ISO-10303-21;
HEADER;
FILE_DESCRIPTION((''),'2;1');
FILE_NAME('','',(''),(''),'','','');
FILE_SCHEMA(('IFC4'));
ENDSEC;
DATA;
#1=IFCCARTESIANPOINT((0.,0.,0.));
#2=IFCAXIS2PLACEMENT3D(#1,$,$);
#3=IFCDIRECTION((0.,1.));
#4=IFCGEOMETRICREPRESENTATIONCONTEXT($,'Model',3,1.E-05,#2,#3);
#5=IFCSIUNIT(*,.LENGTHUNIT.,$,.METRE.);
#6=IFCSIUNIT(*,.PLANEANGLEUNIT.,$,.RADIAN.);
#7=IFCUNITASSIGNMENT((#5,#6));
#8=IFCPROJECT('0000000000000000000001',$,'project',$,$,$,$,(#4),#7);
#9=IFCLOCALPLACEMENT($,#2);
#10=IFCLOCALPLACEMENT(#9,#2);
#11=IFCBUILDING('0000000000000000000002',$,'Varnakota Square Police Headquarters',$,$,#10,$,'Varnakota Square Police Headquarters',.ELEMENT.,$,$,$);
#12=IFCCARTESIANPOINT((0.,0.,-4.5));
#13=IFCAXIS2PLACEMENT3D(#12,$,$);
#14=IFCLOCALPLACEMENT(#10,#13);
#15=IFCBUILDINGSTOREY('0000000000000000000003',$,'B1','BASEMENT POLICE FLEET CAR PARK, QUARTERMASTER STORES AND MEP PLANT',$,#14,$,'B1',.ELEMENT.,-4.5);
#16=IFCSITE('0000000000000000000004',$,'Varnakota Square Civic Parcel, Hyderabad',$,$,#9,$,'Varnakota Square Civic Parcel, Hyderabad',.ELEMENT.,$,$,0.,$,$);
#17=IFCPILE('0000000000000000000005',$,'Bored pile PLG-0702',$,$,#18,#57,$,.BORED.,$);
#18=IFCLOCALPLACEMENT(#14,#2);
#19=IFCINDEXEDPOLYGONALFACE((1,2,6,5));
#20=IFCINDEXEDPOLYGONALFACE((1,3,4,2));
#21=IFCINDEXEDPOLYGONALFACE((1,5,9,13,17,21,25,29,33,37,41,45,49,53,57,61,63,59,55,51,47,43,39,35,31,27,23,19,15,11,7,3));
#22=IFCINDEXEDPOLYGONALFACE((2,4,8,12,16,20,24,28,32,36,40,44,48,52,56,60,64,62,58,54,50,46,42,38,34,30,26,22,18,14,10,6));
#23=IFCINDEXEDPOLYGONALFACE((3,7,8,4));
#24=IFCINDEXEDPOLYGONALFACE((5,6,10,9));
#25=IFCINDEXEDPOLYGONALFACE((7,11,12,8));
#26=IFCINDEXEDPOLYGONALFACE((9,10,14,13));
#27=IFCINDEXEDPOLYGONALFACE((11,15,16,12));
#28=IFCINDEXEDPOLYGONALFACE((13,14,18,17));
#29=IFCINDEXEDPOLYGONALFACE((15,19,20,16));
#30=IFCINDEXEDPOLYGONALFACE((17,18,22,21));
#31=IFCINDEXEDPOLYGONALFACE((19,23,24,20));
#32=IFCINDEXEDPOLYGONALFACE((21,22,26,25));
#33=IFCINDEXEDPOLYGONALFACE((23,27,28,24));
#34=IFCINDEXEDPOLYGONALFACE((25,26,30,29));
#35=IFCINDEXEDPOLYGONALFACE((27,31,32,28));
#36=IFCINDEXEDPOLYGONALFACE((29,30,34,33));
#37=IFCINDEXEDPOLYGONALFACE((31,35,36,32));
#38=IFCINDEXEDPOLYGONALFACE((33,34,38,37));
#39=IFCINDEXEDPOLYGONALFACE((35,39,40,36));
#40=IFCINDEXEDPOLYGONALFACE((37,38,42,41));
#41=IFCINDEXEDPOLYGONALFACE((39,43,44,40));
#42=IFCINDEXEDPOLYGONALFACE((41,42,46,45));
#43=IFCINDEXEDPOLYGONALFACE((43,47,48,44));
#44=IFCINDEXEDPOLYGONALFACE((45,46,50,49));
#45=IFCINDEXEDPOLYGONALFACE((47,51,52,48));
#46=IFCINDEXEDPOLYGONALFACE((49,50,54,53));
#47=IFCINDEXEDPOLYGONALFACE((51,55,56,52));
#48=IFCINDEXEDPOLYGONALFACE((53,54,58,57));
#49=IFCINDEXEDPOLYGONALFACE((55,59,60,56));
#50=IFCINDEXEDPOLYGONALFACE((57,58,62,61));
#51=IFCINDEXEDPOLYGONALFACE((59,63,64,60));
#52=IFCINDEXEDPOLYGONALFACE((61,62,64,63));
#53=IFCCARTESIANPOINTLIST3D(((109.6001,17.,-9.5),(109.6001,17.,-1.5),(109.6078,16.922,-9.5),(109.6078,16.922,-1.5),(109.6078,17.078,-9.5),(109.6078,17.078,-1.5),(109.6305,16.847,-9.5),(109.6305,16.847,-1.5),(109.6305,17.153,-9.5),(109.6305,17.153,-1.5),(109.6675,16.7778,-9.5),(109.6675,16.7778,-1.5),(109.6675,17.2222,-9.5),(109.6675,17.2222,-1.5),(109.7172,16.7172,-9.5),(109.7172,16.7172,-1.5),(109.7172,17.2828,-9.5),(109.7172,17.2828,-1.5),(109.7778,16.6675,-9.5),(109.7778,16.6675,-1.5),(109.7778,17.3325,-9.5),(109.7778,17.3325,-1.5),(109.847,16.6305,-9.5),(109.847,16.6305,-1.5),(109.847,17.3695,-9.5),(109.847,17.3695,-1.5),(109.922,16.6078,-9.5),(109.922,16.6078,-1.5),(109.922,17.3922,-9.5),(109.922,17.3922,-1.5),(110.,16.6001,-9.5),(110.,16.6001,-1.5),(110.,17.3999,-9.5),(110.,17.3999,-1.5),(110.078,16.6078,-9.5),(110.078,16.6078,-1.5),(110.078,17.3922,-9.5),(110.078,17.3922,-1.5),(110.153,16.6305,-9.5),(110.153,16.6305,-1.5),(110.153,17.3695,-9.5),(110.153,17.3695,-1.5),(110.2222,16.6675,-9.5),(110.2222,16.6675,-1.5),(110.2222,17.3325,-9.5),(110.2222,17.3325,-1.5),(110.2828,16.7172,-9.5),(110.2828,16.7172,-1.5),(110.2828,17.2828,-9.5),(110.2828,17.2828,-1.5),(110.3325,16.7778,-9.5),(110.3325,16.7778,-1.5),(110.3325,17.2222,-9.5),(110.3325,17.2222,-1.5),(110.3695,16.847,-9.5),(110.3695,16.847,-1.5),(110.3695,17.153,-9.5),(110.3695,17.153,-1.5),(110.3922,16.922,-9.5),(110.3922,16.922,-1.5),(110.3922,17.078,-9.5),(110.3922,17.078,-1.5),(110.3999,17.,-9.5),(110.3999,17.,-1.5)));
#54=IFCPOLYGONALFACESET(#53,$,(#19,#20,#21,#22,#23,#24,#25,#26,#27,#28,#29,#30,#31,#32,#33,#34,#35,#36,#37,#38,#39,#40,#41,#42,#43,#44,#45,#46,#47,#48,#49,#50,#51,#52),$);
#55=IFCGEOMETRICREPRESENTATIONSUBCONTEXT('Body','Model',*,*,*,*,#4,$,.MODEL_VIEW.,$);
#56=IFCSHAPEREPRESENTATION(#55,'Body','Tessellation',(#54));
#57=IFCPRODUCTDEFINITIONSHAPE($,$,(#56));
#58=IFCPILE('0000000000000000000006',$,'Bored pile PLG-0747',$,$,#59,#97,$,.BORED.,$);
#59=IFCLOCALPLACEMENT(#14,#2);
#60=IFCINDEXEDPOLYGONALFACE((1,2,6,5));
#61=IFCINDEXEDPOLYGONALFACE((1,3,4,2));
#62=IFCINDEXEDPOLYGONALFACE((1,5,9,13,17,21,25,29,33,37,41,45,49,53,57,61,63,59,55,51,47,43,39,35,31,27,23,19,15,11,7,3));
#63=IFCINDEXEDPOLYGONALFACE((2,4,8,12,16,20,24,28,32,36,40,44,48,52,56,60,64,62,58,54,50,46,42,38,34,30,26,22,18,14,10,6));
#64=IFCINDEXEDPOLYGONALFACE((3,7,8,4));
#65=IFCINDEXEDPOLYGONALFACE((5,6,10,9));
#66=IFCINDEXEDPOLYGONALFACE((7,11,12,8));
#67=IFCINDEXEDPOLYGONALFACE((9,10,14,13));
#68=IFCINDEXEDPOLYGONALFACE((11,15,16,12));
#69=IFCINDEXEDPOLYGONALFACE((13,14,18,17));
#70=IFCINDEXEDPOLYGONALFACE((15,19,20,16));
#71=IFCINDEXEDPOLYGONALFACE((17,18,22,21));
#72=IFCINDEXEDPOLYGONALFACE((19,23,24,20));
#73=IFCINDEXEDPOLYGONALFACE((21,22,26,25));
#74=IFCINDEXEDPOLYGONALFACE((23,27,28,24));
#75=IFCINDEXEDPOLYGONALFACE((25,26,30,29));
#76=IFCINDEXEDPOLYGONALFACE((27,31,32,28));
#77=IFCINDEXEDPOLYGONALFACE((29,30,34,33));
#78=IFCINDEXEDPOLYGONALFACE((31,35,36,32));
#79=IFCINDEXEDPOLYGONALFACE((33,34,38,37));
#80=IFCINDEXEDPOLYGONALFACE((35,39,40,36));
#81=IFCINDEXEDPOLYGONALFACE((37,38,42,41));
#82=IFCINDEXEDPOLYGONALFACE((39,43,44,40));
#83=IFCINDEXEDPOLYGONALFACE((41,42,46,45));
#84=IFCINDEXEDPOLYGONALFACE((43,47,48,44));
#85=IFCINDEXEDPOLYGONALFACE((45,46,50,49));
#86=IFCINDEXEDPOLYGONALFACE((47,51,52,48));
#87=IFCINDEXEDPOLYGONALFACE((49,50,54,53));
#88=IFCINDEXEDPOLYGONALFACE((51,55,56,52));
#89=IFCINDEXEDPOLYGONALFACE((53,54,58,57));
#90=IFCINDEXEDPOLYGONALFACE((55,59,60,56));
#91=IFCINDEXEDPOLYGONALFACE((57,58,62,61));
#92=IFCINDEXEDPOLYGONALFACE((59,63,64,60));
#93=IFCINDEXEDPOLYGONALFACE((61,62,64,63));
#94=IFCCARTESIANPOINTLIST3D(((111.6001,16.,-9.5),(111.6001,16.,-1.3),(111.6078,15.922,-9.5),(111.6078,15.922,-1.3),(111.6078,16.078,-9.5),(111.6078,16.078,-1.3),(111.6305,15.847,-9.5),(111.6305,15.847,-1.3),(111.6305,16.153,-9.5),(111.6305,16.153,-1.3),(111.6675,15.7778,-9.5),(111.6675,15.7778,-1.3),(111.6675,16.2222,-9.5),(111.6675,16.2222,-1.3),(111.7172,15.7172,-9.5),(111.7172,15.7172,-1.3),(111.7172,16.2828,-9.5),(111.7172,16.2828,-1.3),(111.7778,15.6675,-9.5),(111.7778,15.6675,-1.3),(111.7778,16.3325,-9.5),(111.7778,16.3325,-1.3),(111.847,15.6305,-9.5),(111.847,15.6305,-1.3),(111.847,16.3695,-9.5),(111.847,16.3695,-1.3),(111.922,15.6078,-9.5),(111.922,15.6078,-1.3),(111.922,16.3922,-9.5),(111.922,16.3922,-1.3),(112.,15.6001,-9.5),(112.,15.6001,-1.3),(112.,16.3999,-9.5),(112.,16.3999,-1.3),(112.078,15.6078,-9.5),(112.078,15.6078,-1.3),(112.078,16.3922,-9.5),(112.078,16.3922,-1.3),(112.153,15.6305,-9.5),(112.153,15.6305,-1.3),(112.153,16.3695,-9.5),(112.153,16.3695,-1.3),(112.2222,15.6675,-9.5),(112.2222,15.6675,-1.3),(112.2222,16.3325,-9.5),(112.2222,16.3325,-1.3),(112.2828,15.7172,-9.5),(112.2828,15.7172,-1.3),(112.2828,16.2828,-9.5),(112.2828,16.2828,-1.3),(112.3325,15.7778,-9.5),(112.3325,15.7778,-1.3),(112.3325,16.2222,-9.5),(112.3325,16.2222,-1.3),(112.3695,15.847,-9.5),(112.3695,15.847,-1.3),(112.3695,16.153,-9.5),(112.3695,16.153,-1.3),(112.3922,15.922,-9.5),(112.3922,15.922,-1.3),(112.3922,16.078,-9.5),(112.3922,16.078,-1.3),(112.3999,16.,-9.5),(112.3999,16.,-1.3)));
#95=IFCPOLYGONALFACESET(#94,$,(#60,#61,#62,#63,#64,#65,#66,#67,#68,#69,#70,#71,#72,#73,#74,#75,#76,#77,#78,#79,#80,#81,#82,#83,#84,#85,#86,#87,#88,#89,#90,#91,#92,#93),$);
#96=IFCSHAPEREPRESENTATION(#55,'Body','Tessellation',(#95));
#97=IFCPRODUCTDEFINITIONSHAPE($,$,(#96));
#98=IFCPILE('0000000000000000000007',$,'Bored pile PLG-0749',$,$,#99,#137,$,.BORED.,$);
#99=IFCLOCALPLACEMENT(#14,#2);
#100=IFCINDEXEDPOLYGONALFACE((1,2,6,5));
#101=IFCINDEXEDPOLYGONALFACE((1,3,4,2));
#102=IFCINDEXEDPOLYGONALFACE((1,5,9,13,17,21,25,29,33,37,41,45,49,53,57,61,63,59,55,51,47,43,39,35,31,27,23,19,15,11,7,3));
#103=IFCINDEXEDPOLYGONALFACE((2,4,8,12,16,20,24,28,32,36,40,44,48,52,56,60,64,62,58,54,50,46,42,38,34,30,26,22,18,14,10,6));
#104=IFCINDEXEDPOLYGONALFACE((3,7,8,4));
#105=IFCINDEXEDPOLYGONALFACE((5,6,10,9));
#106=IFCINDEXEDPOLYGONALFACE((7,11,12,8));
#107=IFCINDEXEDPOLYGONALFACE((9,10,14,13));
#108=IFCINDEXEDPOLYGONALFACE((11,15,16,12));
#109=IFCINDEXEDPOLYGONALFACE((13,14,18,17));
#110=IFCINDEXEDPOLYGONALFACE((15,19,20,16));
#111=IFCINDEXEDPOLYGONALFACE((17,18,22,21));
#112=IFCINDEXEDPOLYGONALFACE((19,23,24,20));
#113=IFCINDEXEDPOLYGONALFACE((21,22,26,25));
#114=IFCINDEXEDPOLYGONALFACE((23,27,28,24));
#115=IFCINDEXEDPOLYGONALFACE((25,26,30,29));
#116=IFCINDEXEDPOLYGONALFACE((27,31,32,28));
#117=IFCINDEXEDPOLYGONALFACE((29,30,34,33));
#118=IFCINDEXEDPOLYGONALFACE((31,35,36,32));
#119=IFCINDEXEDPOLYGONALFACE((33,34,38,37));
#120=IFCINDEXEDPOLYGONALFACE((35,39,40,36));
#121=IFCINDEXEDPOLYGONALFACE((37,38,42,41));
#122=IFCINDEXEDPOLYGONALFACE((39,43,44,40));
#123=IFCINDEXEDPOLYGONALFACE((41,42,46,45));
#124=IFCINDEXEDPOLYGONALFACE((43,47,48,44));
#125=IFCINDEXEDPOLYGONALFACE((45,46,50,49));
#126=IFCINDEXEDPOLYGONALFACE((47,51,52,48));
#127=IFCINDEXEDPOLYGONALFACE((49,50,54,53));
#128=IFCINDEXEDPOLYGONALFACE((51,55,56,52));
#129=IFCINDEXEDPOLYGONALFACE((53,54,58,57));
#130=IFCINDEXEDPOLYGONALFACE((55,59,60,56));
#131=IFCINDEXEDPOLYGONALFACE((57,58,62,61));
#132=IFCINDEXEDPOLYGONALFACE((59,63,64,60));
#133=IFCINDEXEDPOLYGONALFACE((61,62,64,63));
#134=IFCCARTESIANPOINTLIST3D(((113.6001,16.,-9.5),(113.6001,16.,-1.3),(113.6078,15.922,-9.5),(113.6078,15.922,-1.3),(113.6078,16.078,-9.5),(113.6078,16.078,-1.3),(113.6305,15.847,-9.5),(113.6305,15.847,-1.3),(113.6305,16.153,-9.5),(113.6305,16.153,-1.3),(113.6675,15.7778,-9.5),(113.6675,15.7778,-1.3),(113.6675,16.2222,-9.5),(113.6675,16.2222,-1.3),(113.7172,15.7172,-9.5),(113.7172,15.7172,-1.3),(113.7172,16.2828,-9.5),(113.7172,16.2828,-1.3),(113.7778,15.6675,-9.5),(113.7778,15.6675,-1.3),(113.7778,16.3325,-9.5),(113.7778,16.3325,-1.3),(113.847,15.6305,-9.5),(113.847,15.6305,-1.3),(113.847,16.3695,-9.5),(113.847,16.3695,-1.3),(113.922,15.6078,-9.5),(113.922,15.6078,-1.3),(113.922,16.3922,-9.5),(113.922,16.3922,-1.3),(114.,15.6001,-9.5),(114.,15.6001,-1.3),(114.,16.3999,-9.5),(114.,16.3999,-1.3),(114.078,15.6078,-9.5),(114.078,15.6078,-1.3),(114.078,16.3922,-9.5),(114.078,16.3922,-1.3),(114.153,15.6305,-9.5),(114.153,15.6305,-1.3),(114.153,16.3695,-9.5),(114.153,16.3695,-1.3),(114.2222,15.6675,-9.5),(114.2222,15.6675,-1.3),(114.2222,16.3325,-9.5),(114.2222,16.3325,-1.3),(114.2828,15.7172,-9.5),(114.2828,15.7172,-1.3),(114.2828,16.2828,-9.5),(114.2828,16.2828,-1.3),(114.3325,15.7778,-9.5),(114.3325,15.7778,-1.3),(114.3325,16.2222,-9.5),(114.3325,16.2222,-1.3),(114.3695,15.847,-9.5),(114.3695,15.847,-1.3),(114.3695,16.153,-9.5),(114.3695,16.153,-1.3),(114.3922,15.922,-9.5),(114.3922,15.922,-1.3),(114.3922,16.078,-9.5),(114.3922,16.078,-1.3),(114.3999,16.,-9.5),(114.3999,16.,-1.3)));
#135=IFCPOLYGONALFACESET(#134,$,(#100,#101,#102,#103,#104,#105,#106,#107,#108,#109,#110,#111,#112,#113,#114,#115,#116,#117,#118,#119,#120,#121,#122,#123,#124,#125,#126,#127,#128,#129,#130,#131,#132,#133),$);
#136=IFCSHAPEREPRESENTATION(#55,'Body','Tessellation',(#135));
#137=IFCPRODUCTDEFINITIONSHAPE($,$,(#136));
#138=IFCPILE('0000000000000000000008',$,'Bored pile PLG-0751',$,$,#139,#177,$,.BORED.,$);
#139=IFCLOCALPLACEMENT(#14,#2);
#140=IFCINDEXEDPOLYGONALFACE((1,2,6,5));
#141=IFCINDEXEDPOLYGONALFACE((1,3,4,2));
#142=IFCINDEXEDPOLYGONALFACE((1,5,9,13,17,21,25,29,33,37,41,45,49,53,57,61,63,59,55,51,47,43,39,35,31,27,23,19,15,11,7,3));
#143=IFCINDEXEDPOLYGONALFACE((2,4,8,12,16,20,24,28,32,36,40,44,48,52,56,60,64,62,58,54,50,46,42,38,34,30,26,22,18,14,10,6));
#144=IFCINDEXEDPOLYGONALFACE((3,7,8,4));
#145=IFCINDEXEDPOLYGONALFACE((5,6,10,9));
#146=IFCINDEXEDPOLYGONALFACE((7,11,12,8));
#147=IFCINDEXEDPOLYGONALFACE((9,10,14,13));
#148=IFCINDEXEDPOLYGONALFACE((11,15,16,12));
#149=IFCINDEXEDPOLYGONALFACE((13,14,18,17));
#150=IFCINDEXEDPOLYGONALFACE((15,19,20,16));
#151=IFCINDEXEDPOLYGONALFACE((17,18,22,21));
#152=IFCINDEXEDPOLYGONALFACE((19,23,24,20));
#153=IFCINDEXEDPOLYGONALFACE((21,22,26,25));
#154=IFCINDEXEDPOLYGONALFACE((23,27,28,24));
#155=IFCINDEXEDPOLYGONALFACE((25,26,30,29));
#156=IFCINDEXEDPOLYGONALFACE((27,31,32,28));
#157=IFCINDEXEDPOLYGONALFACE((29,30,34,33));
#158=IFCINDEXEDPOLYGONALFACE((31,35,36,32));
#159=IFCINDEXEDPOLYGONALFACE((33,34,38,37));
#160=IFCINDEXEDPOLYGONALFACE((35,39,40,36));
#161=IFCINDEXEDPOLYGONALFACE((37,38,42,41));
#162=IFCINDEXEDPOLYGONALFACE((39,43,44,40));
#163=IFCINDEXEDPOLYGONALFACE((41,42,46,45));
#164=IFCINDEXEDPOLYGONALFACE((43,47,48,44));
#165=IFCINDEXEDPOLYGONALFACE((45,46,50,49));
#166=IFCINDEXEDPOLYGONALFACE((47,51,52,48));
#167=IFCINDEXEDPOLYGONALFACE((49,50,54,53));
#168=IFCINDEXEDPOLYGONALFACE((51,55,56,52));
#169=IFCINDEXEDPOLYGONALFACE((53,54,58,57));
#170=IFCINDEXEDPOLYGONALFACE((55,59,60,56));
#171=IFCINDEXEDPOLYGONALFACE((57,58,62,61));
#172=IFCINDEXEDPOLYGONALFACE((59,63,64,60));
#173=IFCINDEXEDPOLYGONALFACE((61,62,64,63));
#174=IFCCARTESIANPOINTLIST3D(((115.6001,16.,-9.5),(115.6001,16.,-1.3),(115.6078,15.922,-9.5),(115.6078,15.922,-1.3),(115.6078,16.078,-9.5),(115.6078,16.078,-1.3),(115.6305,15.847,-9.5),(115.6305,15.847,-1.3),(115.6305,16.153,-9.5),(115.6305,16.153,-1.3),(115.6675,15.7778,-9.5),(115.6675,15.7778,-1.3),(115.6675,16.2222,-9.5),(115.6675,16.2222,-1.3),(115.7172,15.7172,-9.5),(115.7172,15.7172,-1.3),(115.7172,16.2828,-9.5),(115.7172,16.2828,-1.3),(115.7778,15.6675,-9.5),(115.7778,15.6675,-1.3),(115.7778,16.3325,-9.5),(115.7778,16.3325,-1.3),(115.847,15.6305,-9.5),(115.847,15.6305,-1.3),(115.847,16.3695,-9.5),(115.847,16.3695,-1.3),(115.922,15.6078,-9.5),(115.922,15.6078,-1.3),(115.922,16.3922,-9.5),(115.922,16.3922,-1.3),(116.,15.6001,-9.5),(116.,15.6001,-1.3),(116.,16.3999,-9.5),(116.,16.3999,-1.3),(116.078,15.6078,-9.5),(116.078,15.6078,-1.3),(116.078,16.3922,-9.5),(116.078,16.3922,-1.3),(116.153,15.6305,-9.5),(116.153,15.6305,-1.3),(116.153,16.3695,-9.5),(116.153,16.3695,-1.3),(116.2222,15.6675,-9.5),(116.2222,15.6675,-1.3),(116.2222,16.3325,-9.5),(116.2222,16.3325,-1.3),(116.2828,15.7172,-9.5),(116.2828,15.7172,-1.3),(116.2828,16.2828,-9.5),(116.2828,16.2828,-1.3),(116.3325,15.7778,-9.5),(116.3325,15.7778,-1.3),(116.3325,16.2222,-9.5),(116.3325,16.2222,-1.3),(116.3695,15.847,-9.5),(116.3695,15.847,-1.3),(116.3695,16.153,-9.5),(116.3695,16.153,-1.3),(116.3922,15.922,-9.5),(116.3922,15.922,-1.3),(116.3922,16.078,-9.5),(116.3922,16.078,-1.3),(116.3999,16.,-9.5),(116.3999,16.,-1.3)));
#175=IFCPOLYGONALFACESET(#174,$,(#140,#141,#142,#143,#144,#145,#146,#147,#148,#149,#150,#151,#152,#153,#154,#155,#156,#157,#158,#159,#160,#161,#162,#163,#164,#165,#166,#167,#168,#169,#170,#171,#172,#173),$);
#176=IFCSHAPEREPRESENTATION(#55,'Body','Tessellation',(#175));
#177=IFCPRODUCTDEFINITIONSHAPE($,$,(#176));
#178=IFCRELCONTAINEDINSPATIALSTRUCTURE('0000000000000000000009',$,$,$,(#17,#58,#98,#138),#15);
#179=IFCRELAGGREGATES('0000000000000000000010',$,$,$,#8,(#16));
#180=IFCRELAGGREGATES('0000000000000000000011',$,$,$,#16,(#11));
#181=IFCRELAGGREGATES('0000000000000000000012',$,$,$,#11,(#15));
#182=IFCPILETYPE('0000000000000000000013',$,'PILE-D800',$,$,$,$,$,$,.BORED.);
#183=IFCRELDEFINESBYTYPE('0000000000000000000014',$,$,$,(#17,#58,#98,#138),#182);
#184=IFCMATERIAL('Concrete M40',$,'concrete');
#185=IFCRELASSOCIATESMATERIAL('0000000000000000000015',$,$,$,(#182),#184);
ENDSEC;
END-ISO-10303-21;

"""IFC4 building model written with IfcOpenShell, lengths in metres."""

from ifc_helpers import new_model, si_unit, direction, frame, origin, origin_2d, place, context, subcontext, project, spatial, circle, extrude, material, material_profile, profile_set, type_object, element, save


model = new_model("IFC4")

# Units and contexts
model_context = context("Model", 3, precision=1e-05, world=origin(), true_north=direction((0.0, 1.0)))
body_context = subcontext(model_context, "Body", "Model", "MODEL_VIEW")
ifc_project = project(units=[si_unit("LENGTHUNIT", "METRE"), si_unit("PLANEANGLEUNIT", "RADIAN")], contexts=[model_context])

# Site, building, storey
site_placement = place(None, origin())
site = spatial("IfcSite", under=ifc_project, at=site_placement, Name="Varnakota Square Civic Parcel, Hyderabad", LongName="Varnakota Square Civic Parcel, Hyderabad", CompositionType="ELEMENT", RefElevation=0.0)
building_placement = place(site_placement, origin())
building = spatial("IfcBuilding", under=site, at=building_placement, Name="Varnakota Square Police Headquarters", LongName="Varnakota Square Police Headquarters", CompositionType="ELEMENT")
storey_placement = place(building_placement, frame((0.0, 0.0, -4.5)))
storey = spatial("IfcBuildingStorey", under=building, at=storey_placement, Name="B1", Description="BASEMENT POLICE FLEET CAR PARK, QUARTERMASTER STORES AND MEP PLANT", LongName="B1", CompositionType="ELEMENT", Elevation=-4.5)

# Piles
ifc_material_1 = material(Name="Concrete M40", Category="concrete")
ifc_material_profile_1 = material_profile(ifc_material_1, circle(Radius=0.3999, at=origin_2d()), Name="BORED PILE 800")
ifc_profile_set_1 = profile_set([ifc_material_profile_1], Name="Concrete M40")
pile_type = type_object("IfcPileType", Name="PILE-D800", PredefinedType="BORED", material=ifc_profile_set_1)
for number, where, z_axis, x_axis, name in (
    (1, (110.0, 17.0, -1.5), (0.0, 0.0, -1.0), (1.0, 0.0, 0.0), "Bored pile PLG-0702"),
):
    element("IfcPile", number, at=place(storey_placement, frame(where, z_axis=z_axis, x_axis=x_axis)), inside=storey, type_object=pile_type, Name=name, PredefinedType="BORED", context=body_context, shape_type="SweptSolid", body=[
        extrude(circle(Radius=0.3999, at=origin_2d()), origin(), (0.0, 0.0, 1.0), 8.0),
    ])
for number, where, z_axis, x_axis, name in (
    (2, (112.0, 16.0, -1.3), (0.0, 0.0, -1.0), (1.0, 0.0, 0.0), "Bored pile PLG-0747"),
    (3, (114.0, 16.0, -1.3), (0.0, 0.0, -1.0), (1.0, 0.0, 0.0), "Bored pile PLG-0749"),
    (4, (116.0, 16.0, -1.3), (0.0, 0.0, -1.0), (1.0, 0.0, 0.0), "Bored pile PLG-0751"),
):
    element("IfcPile", number, at=place(storey_placement, frame(where, z_axis=z_axis, x_axis=x_axis)), inside=storey, type_object=pile_type, Name=name, PredefinedType="BORED", context=body_context, shape_type="SweptSolid", body=[
        extrude(circle(Radius=0.3999, at=origin_2d()), origin(), (0.0, 0.0, 1.0), 8.2),
    ])

save(model, "model.ifc")
